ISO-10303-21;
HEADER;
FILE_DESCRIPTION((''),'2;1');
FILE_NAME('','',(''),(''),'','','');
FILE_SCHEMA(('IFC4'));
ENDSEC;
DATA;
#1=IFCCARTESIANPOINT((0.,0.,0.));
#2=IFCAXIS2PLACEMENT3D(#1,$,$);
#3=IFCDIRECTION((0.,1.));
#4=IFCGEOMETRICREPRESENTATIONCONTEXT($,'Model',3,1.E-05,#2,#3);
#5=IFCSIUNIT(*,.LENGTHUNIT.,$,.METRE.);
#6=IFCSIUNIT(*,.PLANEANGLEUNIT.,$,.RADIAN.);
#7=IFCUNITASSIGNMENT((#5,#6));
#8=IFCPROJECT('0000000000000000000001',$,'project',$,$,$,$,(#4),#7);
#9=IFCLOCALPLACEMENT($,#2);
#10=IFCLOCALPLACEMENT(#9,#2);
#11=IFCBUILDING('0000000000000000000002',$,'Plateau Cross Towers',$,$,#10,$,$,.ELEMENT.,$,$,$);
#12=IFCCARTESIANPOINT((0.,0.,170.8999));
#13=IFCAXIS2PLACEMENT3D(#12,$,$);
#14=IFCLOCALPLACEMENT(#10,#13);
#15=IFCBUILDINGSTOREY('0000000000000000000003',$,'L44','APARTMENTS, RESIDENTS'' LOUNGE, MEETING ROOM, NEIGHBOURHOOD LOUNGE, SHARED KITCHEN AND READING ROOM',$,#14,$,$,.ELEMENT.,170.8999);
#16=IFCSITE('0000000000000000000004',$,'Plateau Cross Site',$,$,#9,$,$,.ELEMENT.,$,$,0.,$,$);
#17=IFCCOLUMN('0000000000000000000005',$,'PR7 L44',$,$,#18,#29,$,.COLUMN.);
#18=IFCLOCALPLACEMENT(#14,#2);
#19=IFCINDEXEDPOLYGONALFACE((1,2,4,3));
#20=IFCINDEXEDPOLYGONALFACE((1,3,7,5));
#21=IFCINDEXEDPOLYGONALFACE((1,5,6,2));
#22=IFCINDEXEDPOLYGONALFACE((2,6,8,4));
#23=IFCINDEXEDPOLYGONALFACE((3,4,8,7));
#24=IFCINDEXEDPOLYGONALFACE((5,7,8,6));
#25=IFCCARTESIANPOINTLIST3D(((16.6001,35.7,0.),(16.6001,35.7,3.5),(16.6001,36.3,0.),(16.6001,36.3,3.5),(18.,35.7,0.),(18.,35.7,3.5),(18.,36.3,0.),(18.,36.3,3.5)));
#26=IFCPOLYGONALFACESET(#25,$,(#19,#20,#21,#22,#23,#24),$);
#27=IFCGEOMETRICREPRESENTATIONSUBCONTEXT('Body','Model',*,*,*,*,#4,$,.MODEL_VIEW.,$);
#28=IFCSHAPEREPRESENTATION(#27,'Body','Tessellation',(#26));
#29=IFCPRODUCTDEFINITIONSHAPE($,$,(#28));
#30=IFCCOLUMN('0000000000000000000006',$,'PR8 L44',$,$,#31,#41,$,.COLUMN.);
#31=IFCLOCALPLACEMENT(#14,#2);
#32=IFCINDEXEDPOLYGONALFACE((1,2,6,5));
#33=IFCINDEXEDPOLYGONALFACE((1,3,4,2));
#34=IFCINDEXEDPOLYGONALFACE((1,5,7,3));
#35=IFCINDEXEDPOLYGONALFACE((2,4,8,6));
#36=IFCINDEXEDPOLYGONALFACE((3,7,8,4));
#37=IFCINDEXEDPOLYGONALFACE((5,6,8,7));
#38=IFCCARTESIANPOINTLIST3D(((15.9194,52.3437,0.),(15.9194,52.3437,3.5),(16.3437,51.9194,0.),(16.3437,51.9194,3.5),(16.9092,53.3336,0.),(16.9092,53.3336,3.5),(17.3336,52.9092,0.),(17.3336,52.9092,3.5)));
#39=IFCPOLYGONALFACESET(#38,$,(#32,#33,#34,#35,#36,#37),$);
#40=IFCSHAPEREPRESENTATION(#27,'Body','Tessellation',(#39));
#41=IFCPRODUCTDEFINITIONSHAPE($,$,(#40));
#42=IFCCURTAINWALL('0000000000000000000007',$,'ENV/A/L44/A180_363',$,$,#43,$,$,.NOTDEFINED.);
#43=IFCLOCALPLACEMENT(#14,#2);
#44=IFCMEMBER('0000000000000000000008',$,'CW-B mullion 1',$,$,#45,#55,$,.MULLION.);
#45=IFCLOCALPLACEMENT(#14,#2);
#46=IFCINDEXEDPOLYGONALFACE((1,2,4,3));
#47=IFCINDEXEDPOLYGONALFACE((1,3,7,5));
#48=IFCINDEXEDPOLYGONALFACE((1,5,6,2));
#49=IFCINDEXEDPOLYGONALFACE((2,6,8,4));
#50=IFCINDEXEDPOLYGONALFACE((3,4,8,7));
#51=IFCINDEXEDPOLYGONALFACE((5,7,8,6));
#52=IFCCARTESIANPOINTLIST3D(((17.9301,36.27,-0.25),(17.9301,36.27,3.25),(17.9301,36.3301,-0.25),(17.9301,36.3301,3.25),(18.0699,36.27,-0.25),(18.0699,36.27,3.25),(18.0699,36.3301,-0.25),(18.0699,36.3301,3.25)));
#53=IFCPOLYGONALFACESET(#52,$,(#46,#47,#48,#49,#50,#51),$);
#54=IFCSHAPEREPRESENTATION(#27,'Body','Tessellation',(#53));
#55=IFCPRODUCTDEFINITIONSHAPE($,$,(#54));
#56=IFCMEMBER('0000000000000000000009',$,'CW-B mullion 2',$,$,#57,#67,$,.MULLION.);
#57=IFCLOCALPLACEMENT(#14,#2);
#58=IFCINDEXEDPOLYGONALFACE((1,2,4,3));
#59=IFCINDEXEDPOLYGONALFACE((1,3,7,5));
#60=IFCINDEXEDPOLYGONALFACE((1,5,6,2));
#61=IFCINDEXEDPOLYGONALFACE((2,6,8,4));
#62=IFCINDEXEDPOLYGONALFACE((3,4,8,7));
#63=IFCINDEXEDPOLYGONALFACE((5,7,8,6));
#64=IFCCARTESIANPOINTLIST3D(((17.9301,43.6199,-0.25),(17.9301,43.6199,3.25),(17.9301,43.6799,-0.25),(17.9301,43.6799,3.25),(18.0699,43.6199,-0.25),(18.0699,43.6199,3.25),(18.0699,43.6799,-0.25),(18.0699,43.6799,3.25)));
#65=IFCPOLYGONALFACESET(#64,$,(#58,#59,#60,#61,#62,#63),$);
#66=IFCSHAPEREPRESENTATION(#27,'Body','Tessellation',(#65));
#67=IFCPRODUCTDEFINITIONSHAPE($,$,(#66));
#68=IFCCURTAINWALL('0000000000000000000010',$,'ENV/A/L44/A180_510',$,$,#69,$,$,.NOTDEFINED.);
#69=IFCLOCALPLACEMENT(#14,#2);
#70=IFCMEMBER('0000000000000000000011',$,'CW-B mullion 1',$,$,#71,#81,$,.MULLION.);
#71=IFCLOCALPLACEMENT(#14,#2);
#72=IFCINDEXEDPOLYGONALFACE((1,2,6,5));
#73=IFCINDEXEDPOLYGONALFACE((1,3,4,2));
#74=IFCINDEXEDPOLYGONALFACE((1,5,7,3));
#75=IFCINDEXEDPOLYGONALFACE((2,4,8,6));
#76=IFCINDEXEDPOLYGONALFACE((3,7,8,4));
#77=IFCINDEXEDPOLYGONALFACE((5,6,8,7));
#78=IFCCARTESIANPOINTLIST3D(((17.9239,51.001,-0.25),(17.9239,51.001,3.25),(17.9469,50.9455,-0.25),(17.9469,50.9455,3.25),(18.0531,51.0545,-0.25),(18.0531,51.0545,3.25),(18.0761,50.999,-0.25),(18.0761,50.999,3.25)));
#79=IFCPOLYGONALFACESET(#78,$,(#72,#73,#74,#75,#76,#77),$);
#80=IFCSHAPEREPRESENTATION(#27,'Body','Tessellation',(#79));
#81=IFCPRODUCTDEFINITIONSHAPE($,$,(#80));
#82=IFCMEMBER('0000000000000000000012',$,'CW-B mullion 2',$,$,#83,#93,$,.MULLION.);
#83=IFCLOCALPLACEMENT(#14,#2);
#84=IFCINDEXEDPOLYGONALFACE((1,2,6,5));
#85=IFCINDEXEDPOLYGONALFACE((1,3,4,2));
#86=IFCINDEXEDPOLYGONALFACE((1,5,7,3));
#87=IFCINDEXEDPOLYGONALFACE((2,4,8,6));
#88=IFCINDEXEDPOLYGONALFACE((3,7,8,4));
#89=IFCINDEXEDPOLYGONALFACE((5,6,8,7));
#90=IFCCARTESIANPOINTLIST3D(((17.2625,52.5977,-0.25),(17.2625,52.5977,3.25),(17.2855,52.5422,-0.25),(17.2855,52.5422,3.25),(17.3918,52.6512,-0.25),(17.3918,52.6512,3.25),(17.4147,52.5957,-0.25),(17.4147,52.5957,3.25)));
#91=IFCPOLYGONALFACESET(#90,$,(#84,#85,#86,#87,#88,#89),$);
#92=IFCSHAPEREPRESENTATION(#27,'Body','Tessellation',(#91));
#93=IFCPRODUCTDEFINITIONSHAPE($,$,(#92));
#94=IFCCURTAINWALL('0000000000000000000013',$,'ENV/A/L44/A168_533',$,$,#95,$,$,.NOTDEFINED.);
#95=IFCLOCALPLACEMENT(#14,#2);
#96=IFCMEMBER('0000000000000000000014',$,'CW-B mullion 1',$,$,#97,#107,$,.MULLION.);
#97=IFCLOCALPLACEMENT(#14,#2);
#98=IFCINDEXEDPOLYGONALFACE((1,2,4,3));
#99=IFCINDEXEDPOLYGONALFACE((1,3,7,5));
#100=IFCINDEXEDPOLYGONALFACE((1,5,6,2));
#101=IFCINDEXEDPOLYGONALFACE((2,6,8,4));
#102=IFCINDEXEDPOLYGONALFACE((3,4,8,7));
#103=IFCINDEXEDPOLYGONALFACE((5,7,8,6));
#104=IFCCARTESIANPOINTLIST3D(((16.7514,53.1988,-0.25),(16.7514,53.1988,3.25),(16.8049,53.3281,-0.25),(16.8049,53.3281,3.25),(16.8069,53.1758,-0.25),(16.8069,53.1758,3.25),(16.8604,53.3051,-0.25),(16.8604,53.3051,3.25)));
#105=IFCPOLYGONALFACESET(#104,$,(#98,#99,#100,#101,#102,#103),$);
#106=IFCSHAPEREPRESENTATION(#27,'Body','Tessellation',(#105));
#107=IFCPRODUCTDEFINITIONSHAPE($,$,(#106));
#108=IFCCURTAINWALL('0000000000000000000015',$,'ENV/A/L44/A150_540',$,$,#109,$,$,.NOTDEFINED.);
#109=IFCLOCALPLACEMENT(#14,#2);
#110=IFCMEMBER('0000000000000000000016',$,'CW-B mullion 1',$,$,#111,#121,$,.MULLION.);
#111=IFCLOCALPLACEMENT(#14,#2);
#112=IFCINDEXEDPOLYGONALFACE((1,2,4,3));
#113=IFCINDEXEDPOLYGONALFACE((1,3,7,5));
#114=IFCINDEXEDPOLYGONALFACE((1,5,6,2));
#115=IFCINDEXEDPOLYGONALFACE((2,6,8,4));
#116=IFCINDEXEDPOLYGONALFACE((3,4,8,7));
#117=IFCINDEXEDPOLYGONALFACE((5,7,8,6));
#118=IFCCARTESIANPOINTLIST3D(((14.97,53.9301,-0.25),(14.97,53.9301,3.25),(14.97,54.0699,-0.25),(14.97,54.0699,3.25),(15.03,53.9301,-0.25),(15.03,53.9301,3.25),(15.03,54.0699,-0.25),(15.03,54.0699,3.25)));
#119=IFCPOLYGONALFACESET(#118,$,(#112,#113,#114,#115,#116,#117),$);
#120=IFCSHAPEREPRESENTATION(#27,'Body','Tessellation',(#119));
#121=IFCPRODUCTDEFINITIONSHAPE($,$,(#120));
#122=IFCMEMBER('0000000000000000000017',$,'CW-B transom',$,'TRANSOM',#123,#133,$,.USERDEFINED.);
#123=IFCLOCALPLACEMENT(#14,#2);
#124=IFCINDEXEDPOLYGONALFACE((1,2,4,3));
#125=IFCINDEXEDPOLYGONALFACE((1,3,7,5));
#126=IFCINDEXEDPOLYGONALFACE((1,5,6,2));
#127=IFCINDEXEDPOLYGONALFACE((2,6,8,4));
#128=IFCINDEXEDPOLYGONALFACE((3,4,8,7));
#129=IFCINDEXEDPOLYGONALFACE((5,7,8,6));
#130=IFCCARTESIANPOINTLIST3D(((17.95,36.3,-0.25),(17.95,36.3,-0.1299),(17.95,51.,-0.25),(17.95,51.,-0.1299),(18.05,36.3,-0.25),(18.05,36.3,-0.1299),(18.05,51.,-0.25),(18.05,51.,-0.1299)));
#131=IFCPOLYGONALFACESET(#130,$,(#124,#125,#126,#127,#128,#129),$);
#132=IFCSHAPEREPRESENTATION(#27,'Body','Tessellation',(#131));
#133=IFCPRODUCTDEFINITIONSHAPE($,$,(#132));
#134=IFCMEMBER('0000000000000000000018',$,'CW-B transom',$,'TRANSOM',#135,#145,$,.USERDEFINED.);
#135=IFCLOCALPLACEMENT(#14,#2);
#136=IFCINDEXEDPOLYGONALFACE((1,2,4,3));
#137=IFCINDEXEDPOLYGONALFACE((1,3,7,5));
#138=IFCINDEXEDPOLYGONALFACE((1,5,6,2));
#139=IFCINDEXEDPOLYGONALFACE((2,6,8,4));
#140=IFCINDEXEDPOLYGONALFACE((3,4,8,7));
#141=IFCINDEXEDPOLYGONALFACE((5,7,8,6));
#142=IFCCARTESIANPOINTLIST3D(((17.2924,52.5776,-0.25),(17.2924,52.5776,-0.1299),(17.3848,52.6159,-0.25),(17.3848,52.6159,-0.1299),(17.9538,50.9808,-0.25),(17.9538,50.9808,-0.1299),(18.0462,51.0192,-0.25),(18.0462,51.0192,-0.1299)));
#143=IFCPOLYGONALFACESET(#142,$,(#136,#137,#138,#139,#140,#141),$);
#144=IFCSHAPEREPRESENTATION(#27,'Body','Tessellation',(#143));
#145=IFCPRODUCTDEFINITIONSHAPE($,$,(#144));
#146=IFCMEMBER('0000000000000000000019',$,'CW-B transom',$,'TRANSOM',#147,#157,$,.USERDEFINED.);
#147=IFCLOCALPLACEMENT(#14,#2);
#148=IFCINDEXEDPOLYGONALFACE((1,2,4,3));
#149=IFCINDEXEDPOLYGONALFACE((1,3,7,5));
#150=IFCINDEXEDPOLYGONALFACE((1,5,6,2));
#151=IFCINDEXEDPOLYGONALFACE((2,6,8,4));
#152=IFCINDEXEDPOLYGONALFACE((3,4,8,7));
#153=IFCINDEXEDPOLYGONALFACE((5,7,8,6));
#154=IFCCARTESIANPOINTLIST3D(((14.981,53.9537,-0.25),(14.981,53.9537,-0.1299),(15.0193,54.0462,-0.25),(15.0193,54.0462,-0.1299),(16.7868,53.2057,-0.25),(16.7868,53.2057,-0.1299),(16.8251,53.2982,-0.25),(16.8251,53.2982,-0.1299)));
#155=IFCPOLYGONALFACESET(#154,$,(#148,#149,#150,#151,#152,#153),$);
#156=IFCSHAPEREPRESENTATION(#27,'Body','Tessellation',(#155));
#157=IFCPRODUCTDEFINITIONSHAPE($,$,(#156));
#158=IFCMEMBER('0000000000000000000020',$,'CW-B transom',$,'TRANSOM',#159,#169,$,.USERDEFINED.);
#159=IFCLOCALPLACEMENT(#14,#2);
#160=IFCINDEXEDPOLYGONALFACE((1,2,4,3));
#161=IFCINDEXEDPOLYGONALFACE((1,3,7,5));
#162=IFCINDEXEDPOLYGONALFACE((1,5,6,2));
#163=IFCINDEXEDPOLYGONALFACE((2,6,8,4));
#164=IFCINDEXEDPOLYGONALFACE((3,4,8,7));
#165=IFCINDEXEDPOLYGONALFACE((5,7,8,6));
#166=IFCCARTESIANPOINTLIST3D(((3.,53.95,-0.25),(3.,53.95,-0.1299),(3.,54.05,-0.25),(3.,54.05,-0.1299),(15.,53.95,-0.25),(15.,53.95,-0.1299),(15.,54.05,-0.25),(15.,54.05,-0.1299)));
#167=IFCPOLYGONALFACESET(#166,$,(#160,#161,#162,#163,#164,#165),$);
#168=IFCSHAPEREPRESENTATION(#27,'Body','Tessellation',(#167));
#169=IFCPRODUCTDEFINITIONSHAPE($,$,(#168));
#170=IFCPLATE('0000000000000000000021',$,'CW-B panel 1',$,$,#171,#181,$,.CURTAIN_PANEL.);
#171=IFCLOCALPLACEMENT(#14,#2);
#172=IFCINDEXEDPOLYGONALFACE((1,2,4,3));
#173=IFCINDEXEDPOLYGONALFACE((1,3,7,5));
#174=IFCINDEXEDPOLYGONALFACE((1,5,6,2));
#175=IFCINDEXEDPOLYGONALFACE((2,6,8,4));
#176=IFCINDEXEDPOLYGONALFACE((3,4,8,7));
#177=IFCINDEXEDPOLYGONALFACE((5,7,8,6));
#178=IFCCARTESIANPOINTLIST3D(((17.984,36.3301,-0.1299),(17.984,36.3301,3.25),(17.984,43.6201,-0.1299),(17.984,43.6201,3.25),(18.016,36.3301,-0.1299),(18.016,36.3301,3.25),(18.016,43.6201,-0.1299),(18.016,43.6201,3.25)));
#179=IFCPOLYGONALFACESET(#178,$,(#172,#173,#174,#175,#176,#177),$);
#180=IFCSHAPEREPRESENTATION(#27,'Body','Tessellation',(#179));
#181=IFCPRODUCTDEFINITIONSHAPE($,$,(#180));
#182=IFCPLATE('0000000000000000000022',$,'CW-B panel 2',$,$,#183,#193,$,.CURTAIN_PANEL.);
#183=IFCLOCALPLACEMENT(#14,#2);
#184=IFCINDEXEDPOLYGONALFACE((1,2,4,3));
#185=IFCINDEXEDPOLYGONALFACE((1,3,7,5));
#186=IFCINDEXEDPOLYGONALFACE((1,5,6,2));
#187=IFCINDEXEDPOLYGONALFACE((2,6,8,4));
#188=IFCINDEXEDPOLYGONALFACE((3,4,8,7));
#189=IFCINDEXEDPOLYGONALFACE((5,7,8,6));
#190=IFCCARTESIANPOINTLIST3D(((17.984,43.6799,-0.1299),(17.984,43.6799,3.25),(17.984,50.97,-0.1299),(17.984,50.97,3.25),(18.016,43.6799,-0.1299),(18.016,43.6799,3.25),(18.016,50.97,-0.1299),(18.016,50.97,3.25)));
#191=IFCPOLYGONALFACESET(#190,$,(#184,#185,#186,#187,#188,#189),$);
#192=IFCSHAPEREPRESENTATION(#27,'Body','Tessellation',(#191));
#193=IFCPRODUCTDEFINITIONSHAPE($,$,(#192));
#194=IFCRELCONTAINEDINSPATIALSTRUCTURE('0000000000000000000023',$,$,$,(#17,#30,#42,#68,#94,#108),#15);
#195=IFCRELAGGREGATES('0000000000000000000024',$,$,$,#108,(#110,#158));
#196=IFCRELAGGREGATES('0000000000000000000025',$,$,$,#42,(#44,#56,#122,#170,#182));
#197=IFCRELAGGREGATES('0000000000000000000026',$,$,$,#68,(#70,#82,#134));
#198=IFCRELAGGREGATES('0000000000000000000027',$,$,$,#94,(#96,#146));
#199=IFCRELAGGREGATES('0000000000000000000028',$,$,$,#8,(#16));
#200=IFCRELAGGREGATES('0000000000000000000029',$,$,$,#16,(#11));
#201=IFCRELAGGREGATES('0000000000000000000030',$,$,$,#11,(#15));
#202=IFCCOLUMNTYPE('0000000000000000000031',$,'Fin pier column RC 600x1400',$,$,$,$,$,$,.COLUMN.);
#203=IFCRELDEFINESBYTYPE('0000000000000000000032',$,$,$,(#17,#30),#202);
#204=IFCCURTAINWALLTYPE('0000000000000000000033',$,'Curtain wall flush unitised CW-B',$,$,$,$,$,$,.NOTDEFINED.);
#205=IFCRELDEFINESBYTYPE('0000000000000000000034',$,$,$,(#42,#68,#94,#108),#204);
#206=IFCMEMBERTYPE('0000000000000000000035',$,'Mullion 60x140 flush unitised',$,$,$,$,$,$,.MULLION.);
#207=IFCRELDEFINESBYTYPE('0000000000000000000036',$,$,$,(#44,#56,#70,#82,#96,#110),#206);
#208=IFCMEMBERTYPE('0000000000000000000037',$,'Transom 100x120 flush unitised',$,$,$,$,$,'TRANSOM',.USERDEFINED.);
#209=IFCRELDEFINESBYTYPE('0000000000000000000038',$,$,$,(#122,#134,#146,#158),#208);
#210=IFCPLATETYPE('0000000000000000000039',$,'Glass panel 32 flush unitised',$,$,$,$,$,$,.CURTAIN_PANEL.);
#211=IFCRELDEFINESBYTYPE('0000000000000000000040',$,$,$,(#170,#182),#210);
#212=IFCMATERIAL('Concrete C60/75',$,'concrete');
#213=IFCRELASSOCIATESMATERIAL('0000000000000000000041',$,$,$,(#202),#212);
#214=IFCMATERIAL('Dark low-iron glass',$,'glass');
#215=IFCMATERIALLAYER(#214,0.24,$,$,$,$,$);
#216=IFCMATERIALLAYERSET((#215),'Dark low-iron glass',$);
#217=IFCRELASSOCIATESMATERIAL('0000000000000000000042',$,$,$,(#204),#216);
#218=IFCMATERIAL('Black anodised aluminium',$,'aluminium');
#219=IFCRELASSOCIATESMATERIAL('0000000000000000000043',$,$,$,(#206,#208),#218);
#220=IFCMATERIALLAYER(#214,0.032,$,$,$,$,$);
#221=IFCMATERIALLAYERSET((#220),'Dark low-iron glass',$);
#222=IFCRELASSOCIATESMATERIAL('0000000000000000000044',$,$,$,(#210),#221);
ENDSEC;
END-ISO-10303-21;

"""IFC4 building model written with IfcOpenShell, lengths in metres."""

from ifc_helpers import new_model, si_unit, direction, frame, origin, origin_2d, place, context, subcontext, project, spatial, rectangle, extrude, material, layer, layer_set, material_profile, profile_set, type_object, element, aggregate, save


model = new_model("IFC4")

# Units and contexts
model_context = context("Model", 3, precision=1e-05, world=origin(), true_north=direction((0.0, 1.0)))
body_context = subcontext(model_context, "Body", "Model", "MODEL_VIEW")
ifc_project = project(units=[si_unit("LENGTHUNIT", "METRE"), si_unit("PLANEANGLEUNIT", "RADIAN")], contexts=[model_context])

# Site, building, storey
site_placement = place(None, origin())
site = spatial("IfcSite", under=ifc_project, at=site_placement, Name="Plateau Cross Site", CompositionType="ELEMENT", RefElevation=0.0)
building_placement = place(site_placement, origin())
building = spatial("IfcBuilding", under=site, at=building_placement, Name="Plateau Cross Towers", CompositionType="ELEMENT")
storey_placement = place(building_placement, frame((0.0, 0.0, 170.8999)))
storey = spatial("IfcBuildingStorey", under=building, at=storey_placement, Name="L44", Description="APARTMENTS, RESIDENTS' LOUNGE, MEETING ROOM, NEIGHBOURHOOD LOUNGE, SHARED KITCHEN AND READING ROOM", CompositionType="ELEMENT", Elevation=170.8999)

# Columns
ifc_material_1 = material(Name="Concrete C60/75", Category="concrete")
ifc_material_profile_1 = material_profile(ifc_material_1, rectangle(XDim=0.6001, YDim=1.3999, at=origin_2d()), Name="RC 600x1400")
ifc_profile_set_1 = profile_set([ifc_material_profile_1], Name="Concrete C60/75")
column_type = type_object("IfcColumnType", Name="Fin pier column RC 600x1400", PredefinedType="COLUMN", material=ifc_profile_set_1)
for number, where, z_axis, x_axis, name in (
    (1, (17.3, 36.0, 0.0), (0.0, 0.0, 1.0), (0.0, 1.0, 0.0), "PR7 L44"),
    (2, (16.6265, 52.6265, 0.0), (0.0, 0.0, 1.0), (-0.707107, 0.707107, 0.0), "PR8 L44"),
):
    element("IfcColumn", number, at=place(storey_placement, frame(where, z_axis=z_axis, x_axis=x_axis)), inside=storey, type_object=column_type, Name=name, PredefinedType="COLUMN", context=body_context, shape_type="SweptSolid", body=[
        extrude(rectangle(XDim=0.6001, YDim=1.3999, at=origin_2d()), origin(), (0.0, 0.0, 1.0), 3.5),
    ])

# Curtain walls, members
ifc_material_2 = material(Name="Dark low-iron glass", Category="glass")
ifc_layer_1 = layer(ifc_material_2, 0.24)
ifc_layer_set_1 = layer_set([ifc_layer_1], Name="Dark low-iron glass")
curtain_wall_type = type_object("IfcCurtainWallType", Name="Curtain wall flush unitised CW-B", PredefinedType="NOTDEFINED", material=ifc_layer_set_1)
curtain_wall_1_placement = place(storey_placement, origin())
curtain_wall_1 = element("IfcCurtainWall", 3, at=curtain_wall_1_placement, inside=storey, type_object=curtain_wall_type, Name="ENV/A/L44/A180_363", PredefinedType="NOTDEFINED")
ifc_material_3 = material(Name="Black anodised aluminium", Category="aluminium")
ifc_material_profile_2 = material_profile(ifc_material_3, rectangle(XDim=0.0601, YDim=0.1399, at=origin_2d()), Name="MULLION 60x140")
ifc_profile_set_2 = profile_set([ifc_material_profile_2], Name="Black anodised aluminium")
member_type_1 = type_object("IfcMemberType", Name="Mullion 60x140 flush unitised", PredefinedType="MULLION", material=ifc_profile_set_2)
member_1_placement = place(storey_placement, frame((18.0, 36.3, -0.25), z_axis=(0.0, 0.0, 1.0), x_axis=(0.0, 1.0, 0.0)))
member_1 = element("IfcMember", 4, at=member_1_placement, type_object=member_type_1, Name="CW-B mullion 1", PredefinedType="MULLION", context=body_context, shape_type="SweptSolid", body=[
    extrude(rectangle(XDim=0.0601, YDim=0.1399, at=origin_2d()), origin(), (0.0, 0.0, 1.0), 3.5),
])
member_2_placement = place(storey_placement, frame((18.0, 43.6499, -0.25), z_axis=(0.0, 0.0, 1.0), x_axis=(0.0, 1.0, 0.0)))
member_2 = element("IfcMember", 5, at=member_2_placement, type_object=member_type_1, Name="CW-B mullion 2", PredefinedType="MULLION", context=body_context, shape_type="SweptSolid", body=[
    extrude(rectangle(XDim=0.0601, YDim=0.1399, at=origin_2d()), origin(), (0.0, 0.0, 1.0), 3.5),
])
curtain_wall_2_placement = place(storey_placement, origin())
curtain_wall_2 = element("IfcCurtainWall", 6, at=curtain_wall_2_placement, inside=storey, type_object=curtain_wall_type, Name="ENV/A/L44/A180_510", PredefinedType="NOTDEFINED")
member_3_placement = place(storey_placement, frame((18.0, 51.0, -0.25), z_axis=(0.0, 0.0, 1.0), x_axis=(-0.382684, 0.923879, 0.0)))
member_3 = element("IfcMember", 7, at=member_3_placement, type_object=member_type_1, Name="CW-B mullion 1", PredefinedType="MULLION", context=body_context, shape_type="SweptSolid", body=[
    extrude(rectangle(XDim=0.0601, YDim=0.1399, at=origin_2d()), origin(), (0.0, 0.0, 1.0), 3.5),
])
member_4_placement = place(storey_placement, frame((17.3386, 52.5967, -0.25), z_axis=(0.0, 0.0, 1.0), x_axis=(-0.382684, 0.923879, 0.0)))
member_4 = element("IfcMember", 8, at=member_4_placement, type_object=member_type_1, Name="CW-B mullion 2", PredefinedType="MULLION", context=body_context, shape_type="SweptSolid", body=[
    extrude(rectangle(XDim=0.0601, YDim=0.1399, at=origin_2d()), origin(), (0.0, 0.0, 1.0), 3.5),
])

# Curtain walls, members
curtain_wall_3_placement = place(storey_placement, origin())
curtain_wall_3 = element("IfcCurtainWall", 9, at=curtain_wall_3_placement, inside=storey, type_object=curtain_wall_type, Name="ENV/A/L44/A168_533", PredefinedType="NOTDEFINED")
member_5_placement = place(storey_placement, frame((16.8059, 53.252, -0.25), z_axis=(0.0, 0.0, 1.0), x_axis=(-0.923879, 0.382684, 0.0)))
member_5 = element("IfcMember", 10, at=member_5_placement, type_object=member_type_1, Name="CW-B mullion 1", PredefinedType="MULLION", context=body_context, shape_type="SweptSolid", body=[
    extrude(rectangle(XDim=0.0601, YDim=0.1399, at=origin_2d()), origin(), (0.0, 0.0, 1.0), 3.5),
])
curtain_wall_4_placement = place(storey_placement, origin())
curtain_wall_4 = element("IfcCurtainWall", 11, at=curtain_wall_4_placement, inside=storey, type_object=curtain_wall_type, Name="ENV/A/L44/A150_540", PredefinedType="NOTDEFINED")
member_6_placement = place(storey_placement, frame((15.0, 54.0, -0.25), z_axis=(0.0, 0.0, 1.0), x_axis=(-1.0, 0.0, 0.0)))
member_6 = element("IfcMember", 12, at=member_6_placement, type_object=member_type_1, Name="CW-B mullion 1", PredefinedType="MULLION", context=body_context, shape_type="SweptSolid", body=[
    extrude(rectangle(XDim=0.0601, YDim=0.1399, at=origin_2d()), origin(), (0.0, 0.0, 1.0), 3.5),
])

# Members
ifc_material_profile_3 = material_profile(ifc_material_3, rectangle(XDim=0.1001, YDim=0.1201, at=origin_2d()), Name="TRANSOM 100x120")
ifc_profile_set_3 = profile_set([ifc_material_profile_3], Name="Black anodised aluminium")
member_type_2 = type_object("IfcMemberType", Name="Transom 100x120 flush unitised", ElementType="TRANSOM", PredefinedType="USERDEFINED", material=ifc_profile_set_3)
member_7_placement = place(storey_placement, frame((18.0, 36.3, -0.1899), z_axis=(0.0, 1.0, 0.0), x_axis=(-1.0, 0.0, 0.0)))
member_7 = element("IfcMember", 13, at=member_7_placement, type_object=member_type_2, Name="CW-B transom", ObjectType="TRANSOM", PredefinedType="USERDEFINED", context=body_context, shape_type="SweptSolid", body=[
    extrude(rectangle(XDim=0.1001, YDim=0.1201, at=origin_2d()), origin(), (0.0, 0.0, 1.0), 14.7),
])
member_8_placement = place(storey_placement, frame((18.0, 51.0, -0.1899), z_axis=(-0.382689, 0.923877, 0.0), x_axis=(-0.923877, -0.382689, 0.0)))
member_8 = element("IfcMember", 14, at=member_8_placement, type_object=member_type_2, Name="CW-B transom", ObjectType="TRANSOM", PredefinedType="USERDEFINED", context=body_context, shape_type="SweptSolid", body=[
    extrude(rectangle(XDim=0.1001, YDim=0.1201, at=origin_2d()), origin(), (0.0, 0.0, 1.0), 1.7283),
])
member_9_placement = place(storey_placement, frame((16.8059, 53.252, -0.1899), z_axis=(-0.923877, 0.38269, 0.0), x_axis=(-0.38269, -0.923877, 0.0)))
member_9 = element("IfcMember", 15, at=member_9_placement, type_object=member_type_2, Name="CW-B transom", ObjectType="TRANSOM", PredefinedType="USERDEFINED", context=body_context, shape_type="SweptSolid", body=[
    extrude(rectangle(XDim=0.1001, YDim=0.1201, at=origin_2d()), origin(), (0.0, 0.0, 1.0), 1.9546),
])
member_10_placement = place(storey_placement, frame((15.0, 54.0, -0.1899), z_axis=(-1.0, 0.0, 0.0), x_axis=(0.0, -1.0, 0.0)))
member_10 = element("IfcMember", 16, at=member_10_placement, type_object=member_type_2, Name="CW-B transom", ObjectType="TRANSOM", PredefinedType="USERDEFINED", context=body_context, shape_type="SweptSolid", body=[
    extrude(rectangle(XDim=0.1001, YDim=0.1201, at=origin_2d()), origin(), (0.0, 0.0, 1.0), 12.0),
])
aggregate(curtain_wall_4, [member_6, member_10])

# Plates
ifc_layer_2 = layer(ifc_material_2, 0.032)
ifc_layer_set_2 = layer_set([ifc_layer_2], Name="Dark low-iron glass")
plate_type = type_object("IfcPlateType", Name="Glass panel 32 flush unitised", PredefinedType="CURTAIN_PANEL", material=ifc_layer_set_2)
plate_1_placement = place(storey_placement, frame((18.0, 39.9751, -0.1299), z_axis=(0.0, 0.0, 1.0), x_axis=(0.0, 1.0, 0.0)))
plate_1 = element("IfcPlate", 17, at=plate_1_placement, type_object=plate_type, Name="CW-B panel 1", PredefinedType="CURTAIN_PANEL", context=body_context, shape_type="SweptSolid", body=[
    extrude(rectangle(XDim=7.29, YDim=0.032, at=origin_2d()), origin(), (0.0, 0.0, 1.0), 3.3799),
])
plate_2_placement = place(storey_placement, frame((18.0, 47.325, -0.1299), z_axis=(0.0, 0.0, 1.0), x_axis=(0.0, 1.0, 0.0)))
plate_2 = element("IfcPlate", 18, at=plate_2_placement, type_object=plate_type, Name="CW-B panel 2", PredefinedType="CURTAIN_PANEL", context=body_context, shape_type="SweptSolid", body=[
    extrude(rectangle(XDim=7.29, YDim=0.032, at=origin_2d()), origin(), (0.0, 0.0, 1.0), 3.3799),
])
aggregate(curtain_wall_1, [member_1, member_2, member_7, plate_1, plate_2])
aggregate(curtain_wall_2, [member_3, member_4, member_8])
aggregate(curtain_wall_3, [member_5, member_9])

save(model, "model.ifc")
